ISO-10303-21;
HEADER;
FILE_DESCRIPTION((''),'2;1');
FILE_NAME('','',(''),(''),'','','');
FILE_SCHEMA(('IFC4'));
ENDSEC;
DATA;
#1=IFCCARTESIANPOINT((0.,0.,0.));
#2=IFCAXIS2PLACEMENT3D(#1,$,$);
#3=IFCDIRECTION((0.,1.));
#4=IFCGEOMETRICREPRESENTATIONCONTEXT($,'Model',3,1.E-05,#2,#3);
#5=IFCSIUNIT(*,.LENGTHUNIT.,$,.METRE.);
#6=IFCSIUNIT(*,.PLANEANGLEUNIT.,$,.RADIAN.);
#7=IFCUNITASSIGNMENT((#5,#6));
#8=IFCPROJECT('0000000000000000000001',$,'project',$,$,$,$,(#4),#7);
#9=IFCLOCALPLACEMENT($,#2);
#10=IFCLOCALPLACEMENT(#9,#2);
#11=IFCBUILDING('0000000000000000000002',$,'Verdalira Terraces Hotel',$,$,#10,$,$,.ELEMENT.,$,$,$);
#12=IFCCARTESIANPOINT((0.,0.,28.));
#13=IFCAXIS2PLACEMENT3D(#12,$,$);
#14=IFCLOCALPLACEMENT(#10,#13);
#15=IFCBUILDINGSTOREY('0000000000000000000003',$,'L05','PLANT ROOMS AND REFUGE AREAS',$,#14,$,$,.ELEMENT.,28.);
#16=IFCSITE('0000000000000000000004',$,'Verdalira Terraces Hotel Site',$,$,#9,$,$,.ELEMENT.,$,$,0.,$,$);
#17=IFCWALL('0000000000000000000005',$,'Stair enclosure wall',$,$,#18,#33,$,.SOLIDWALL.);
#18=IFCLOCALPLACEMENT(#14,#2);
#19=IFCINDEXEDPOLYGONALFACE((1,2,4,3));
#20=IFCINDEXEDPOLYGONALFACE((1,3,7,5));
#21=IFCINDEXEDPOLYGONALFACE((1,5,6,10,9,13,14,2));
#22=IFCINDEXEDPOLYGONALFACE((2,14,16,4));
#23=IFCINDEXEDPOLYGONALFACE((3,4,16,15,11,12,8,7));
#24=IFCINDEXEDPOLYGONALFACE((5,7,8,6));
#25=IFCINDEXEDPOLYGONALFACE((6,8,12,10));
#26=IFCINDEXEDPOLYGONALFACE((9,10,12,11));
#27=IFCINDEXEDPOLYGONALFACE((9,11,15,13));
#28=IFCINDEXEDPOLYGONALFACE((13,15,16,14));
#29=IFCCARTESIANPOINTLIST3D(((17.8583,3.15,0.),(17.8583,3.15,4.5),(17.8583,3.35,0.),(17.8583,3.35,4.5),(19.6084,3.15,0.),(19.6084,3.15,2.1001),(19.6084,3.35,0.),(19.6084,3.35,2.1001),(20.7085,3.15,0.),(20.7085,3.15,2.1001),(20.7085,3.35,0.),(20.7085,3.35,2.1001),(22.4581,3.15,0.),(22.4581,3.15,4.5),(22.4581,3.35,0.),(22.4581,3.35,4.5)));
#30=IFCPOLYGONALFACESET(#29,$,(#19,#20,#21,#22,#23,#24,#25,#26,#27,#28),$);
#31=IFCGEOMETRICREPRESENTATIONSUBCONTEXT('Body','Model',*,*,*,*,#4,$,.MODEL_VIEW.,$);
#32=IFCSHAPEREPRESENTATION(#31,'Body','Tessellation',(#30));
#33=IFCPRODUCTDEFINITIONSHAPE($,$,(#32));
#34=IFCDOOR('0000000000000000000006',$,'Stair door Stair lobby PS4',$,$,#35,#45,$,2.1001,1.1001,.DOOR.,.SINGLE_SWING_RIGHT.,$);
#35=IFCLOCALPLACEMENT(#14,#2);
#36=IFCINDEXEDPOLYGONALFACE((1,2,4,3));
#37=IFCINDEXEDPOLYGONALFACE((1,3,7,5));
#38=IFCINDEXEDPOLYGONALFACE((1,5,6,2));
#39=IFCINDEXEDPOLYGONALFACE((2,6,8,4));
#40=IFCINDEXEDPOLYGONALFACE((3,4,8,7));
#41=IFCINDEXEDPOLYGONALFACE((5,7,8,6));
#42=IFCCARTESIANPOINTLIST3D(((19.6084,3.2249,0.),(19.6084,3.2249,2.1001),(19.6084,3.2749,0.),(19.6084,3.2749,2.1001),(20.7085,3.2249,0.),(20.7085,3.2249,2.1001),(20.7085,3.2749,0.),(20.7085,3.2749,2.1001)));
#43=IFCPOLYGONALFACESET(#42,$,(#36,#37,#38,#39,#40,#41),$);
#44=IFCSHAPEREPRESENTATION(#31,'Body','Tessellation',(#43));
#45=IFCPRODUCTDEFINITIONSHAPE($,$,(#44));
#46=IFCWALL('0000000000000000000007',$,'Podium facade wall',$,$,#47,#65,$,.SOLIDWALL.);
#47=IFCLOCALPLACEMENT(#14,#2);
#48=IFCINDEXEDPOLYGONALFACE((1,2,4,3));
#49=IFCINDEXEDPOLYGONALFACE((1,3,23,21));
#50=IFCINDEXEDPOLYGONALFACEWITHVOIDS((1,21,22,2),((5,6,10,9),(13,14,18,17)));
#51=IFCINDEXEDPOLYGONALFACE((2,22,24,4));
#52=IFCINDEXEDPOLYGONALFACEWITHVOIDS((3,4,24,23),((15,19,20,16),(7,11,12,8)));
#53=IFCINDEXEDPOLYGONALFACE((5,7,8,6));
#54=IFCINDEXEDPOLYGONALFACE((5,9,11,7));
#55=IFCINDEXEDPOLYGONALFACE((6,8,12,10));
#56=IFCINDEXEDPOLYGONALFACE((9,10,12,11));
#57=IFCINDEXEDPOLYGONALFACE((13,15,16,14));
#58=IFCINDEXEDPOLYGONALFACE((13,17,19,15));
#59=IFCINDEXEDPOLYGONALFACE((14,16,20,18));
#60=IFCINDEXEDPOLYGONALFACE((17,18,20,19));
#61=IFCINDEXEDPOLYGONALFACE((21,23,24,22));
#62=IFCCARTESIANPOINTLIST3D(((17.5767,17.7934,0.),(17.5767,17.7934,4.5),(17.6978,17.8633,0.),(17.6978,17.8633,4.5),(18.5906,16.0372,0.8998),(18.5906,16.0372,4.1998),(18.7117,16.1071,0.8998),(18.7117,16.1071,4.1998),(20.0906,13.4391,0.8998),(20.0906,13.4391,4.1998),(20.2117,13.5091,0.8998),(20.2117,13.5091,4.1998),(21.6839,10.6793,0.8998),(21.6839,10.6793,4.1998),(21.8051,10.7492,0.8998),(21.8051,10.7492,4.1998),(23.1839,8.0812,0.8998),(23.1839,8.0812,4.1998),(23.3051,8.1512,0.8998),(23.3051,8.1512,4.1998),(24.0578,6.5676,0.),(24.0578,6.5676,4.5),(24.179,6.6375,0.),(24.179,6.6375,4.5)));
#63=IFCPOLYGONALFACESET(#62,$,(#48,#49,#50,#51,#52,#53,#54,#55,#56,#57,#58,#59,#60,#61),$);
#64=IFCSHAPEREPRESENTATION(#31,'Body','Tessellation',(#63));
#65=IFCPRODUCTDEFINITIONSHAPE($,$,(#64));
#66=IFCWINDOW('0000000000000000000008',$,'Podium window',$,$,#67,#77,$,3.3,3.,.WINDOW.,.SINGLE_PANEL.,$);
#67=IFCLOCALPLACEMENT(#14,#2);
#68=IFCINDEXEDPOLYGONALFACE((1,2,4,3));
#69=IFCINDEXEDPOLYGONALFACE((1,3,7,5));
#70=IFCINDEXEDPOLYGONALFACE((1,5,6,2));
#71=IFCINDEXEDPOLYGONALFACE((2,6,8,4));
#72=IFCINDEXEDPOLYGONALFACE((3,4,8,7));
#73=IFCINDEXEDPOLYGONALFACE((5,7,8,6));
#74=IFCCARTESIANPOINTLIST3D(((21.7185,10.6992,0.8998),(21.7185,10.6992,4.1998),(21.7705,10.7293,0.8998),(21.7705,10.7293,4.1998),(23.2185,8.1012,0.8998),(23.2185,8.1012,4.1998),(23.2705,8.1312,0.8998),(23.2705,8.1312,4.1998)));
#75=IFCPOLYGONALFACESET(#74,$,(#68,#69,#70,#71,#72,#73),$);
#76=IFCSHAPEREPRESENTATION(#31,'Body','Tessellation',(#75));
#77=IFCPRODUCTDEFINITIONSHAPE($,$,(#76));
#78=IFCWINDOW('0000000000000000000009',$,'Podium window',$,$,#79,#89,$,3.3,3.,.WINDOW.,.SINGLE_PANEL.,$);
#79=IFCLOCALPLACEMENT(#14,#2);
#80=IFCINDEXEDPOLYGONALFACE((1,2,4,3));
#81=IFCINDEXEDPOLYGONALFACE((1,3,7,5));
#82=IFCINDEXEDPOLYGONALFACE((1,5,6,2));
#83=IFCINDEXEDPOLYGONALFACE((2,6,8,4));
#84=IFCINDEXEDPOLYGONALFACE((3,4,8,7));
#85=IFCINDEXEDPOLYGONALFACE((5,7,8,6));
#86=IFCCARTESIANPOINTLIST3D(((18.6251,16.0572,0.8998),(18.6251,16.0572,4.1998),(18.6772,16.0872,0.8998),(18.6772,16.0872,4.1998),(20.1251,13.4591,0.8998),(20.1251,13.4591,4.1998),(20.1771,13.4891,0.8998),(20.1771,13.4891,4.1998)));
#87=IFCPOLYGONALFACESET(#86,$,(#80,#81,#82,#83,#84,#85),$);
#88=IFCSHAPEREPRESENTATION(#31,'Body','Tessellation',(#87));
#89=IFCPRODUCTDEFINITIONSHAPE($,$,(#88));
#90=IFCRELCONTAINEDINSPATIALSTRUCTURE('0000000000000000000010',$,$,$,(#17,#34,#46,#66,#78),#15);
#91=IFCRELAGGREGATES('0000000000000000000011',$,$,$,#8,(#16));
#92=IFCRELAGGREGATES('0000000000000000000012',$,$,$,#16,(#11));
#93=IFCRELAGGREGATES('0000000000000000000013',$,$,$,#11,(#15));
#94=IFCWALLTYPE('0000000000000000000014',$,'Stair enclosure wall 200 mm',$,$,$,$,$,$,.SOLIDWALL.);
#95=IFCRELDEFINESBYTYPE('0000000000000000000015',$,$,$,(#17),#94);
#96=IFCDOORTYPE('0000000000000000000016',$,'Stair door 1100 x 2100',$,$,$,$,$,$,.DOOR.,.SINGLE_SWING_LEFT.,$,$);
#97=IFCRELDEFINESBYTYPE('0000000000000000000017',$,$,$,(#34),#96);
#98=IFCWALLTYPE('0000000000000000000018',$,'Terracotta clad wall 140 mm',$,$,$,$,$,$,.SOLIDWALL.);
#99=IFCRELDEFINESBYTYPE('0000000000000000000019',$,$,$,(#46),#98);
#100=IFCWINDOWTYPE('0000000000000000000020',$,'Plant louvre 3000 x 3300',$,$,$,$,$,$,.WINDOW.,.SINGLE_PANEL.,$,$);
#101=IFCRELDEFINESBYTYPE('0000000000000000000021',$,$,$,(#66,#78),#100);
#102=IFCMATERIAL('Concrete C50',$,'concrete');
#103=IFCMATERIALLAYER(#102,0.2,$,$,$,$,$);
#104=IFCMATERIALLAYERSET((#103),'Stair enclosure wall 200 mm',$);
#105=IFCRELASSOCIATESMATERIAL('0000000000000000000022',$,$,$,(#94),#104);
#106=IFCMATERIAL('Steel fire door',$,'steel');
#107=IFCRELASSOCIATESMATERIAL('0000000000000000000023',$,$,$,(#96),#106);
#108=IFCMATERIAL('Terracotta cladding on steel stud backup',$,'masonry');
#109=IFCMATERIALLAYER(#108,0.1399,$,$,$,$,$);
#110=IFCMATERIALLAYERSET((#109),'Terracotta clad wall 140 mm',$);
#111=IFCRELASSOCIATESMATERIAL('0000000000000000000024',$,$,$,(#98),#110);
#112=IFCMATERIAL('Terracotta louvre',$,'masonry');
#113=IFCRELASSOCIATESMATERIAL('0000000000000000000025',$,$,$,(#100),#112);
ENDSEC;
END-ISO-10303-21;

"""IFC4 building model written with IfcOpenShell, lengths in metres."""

from ifc_helpers import new_model, si_unit, direction, frame, frame_2d, origin, place, context, subcontext, project, spatial, rectangle, extrude, material, layer, layer_set, type_object, element, fill, save


model = new_model("IFC4")

# Units and contexts
model_context = context("Model", 3, precision=1e-05, world=origin(), true_north=direction((0.0, 1.0)))
body_context = subcontext(model_context, "Body", "Model", "MODEL_VIEW")
ifc_project = project(units=[si_unit("LENGTHUNIT", "METRE"), si_unit("PLANEANGLEUNIT", "RADIAN")], contexts=[model_context])

# Site, building, storey
site_placement = place(None, origin())
site = spatial("IfcSite", under=ifc_project, at=site_placement, Name="Verdalira Terraces Hotel Site", CompositionType="ELEMENT", RefElevation=0.0)
building_placement = place(site_placement, origin())
building = spatial("IfcBuilding", under=site, at=building_placement, Name="Verdalira Terraces Hotel", CompositionType="ELEMENT")
storey_placement = place(building_placement, frame((0.0, 0.0, 28.0)))
storey = spatial("IfcBuildingStorey", under=building, at=storey_placement, Name="L05", Description="PLANT ROOMS AND REFUGE AREAS", CompositionType="ELEMENT", Elevation=28.0)

# Shared definitions
ifc_material_1 = material(Name="Concrete C50", Category="concrete")
ifc_layer_1 = layer(ifc_material_1, 0.2)
ifc_layer_set_1 = layer_set([ifc_layer_1], Name="Stair enclosure wall 200 mm")
wall_type_1 = type_object("IfcWallType", Name="Stair enclosure wall 200 mm", PredefinedType="SOLIDWALL", material=ifc_layer_set_1)

# Wall, opening, door
wall_1_placement = place(storey_placement, frame((17.8584, 3.25, 0.0), z_axis=(0.0, 0.0, 1.0), x_axis=(1.0, 0.0, 0.0)))
wall_1 = element("IfcWall", 1, at=wall_1_placement, inside=storey, type_object=wall_type_1, Name="Stair enclosure wall", PredefinedType="SOLIDWALL", context=body_context, shape_type="SweptSolid", body=[
    extrude(rectangle(XDim=4.5999, YDim=0.2, at=frame_2d((2.2998, 0.0))), origin(), (0.0, 0.0, 1.0), 4.5),
])
opening_1_placement = place(wall_1_placement, frame((1.75, 0.0, 0.0)))
opening_1 = element("IfcOpeningElement", 2, at=opening_1_placement, cuts=wall_1, PredefinedType="OPENING", context=body_context, shape_type="SweptSolid", body=[
    extrude(rectangle(XDim=1.1001, YDim=2.1001, at=frame_2d((0.55, 1.05))), frame((0.0, 0.1099, 0.0), z_axis=(0.0, -1.0, 0.0), x_axis=(1.0, 0.0, 0.0)), (0.0, 0.0, 1.0), 0.22),
])
ifc_material_2 = material(Name="Steel fire door", Category="steel")
door_type_1 = type_object("IfcDoorType", Name="Stair door 1100 x 2100", OperationType="SINGLE_SWING_LEFT", PredefinedType="DOOR", material=ifc_material_2)
door_1_placement = place(opening_1_placement, origin())
door_1 = element("IfcDoor", 3, at=door_1_placement, inside=storey, type_object=door_type_1, Name="Stair door Stair lobby PS4", OperationType="SINGLE_SWING_RIGHT", OverallHeight=2.1001, OverallWidth=1.1001, PredefinedType="DOOR", context=body_context, shape_type="SweptSolid", body=[
    extrude(rectangle(XDim=1.1001, YDim=2.1001, at=frame_2d((0.55, 1.05))), frame((0.0, 0.0249, 0.0), z_axis=(0.0, -1.0, 0.0), x_axis=(1.0, 0.0, 0.0)), (0.0, 0.0, 1.0), 0.05),
])
fill(opening_1, door_1)

# Wall, openings, windows
ifc_material_3 = material(Name="Terracotta cladding on steel stud backup", Category="masonry")
ifc_layer_2 = layer(ifc_material_3, 0.1399)
ifc_layer_set_2 = layer_set([ifc_layer_2], Name="Terracotta clad wall 140 mm")
wall_type_2 = type_object("IfcWallType", Name="Terracotta clad wall 140 mm", PredefinedType="SOLIDWALL", material=ifc_layer_set_2)
wall_2_placement = place(storey_placement, frame((24.1184, 6.6025, 0.0), z_axis=(0.0, 0.0, 1.0), x_axis=(-0.499998, 0.866027, 0.0)))
wall_2 = element("IfcWall", 4, at=wall_2_placement, inside=storey, type_object=wall_type_2, Name="Podium facade wall", PredefinedType="SOLIDWALL", context=body_context, shape_type="SweptSolid", body=[
    extrude(rectangle(XDim=12.9624, YDim=0.1399, at=frame_2d((6.4812, 0.0))), origin(), (0.0, 0.0, 1.0), 4.5),
])
opening_2_placement = place(wall_2_placement, frame((1.7478, 0.0, 0.8999)))
opening_2 = element("IfcOpeningElement", 5, at=opening_2_placement, cuts=wall_2, PredefinedType="OPENING", context=body_context, shape_type="SweptSolid", body=[
    extrude(rectangle(XDim=3.0, YDim=3.3, at=frame_2d((1.5, 1.6499))), frame((0.0, 0.0798, 0.0), z_axis=(0.0, -1.0, 0.0), x_axis=(1.0, 0.0, 0.0)), (0.0, 0.0, 1.0), 0.1599),
])
opening_3_placement = place(wall_2_placement, frame((7.9346, 0.0, 0.8999)))
opening_3 = element("IfcOpeningElement", 6, at=opening_3_placement, cuts=wall_2, PredefinedType="OPENING", context=body_context, shape_type="SweptSolid", body=[
    extrude(rectangle(XDim=3.0, YDim=3.3, at=frame_2d((1.5, 1.6499))), frame((0.0, 0.0798, 0.0), z_axis=(0.0, -1.0, 0.0), x_axis=(1.0, 0.0, 0.0)), (0.0, 0.0, 1.0), 0.1599),
])
ifc_material_4 = material(Name="Terracotta louvre", Category="masonry")
window_type = type_object("IfcWindowType", Name="Plant louvre 3000 x 3300", PartitioningType="SINGLE_PANEL", PredefinedType="WINDOW", material=ifc_material_4)
window_1_placement = place(opening_2_placement, origin())
window_1 = element("IfcWindow", 7, at=window_1_placement, inside=storey, type_object=window_type, Name="Podium window", OverallHeight=3.3, OverallWidth=3.0, PartitioningType="SINGLE_PANEL", PredefinedType="WINDOW", context=body_context, shape_type="SweptSolid", body=[
    extrude(rectangle(XDim=3.0, YDim=3.3, at=frame_2d((1.5, 1.6499))), frame((0.0, 0.03, 0.0), z_axis=(0.0, -1.0, 0.0), x_axis=(1.0, 0.0, 0.0)), (0.0, 0.0, 1.0), 0.0601),
])
fill(opening_2, window_1)
window_2_placement = place(opening_3_placement, origin())
window_2 = element("IfcWindow", 8, at=window_2_placement, inside=storey, type_object=window_type, Name="Podium window", OverallHeight=3.3, OverallWidth=3.0, PartitioningType="SINGLE_PANEL", PredefinedType="WINDOW", context=body_context, shape_type="SweptSolid", body=[
    extrude(rectangle(XDim=3.0, YDim=3.3, at=frame_2d((1.5, 1.6499))), frame((0.0, 0.03, 0.0), z_axis=(0.0, -1.0, 0.0), x_axis=(1.0, 0.0, 0.0)), (0.0, 0.0, 1.0), 0.0601),
])
fill(opening_3, window_2)

save(model, "model.ifc")
